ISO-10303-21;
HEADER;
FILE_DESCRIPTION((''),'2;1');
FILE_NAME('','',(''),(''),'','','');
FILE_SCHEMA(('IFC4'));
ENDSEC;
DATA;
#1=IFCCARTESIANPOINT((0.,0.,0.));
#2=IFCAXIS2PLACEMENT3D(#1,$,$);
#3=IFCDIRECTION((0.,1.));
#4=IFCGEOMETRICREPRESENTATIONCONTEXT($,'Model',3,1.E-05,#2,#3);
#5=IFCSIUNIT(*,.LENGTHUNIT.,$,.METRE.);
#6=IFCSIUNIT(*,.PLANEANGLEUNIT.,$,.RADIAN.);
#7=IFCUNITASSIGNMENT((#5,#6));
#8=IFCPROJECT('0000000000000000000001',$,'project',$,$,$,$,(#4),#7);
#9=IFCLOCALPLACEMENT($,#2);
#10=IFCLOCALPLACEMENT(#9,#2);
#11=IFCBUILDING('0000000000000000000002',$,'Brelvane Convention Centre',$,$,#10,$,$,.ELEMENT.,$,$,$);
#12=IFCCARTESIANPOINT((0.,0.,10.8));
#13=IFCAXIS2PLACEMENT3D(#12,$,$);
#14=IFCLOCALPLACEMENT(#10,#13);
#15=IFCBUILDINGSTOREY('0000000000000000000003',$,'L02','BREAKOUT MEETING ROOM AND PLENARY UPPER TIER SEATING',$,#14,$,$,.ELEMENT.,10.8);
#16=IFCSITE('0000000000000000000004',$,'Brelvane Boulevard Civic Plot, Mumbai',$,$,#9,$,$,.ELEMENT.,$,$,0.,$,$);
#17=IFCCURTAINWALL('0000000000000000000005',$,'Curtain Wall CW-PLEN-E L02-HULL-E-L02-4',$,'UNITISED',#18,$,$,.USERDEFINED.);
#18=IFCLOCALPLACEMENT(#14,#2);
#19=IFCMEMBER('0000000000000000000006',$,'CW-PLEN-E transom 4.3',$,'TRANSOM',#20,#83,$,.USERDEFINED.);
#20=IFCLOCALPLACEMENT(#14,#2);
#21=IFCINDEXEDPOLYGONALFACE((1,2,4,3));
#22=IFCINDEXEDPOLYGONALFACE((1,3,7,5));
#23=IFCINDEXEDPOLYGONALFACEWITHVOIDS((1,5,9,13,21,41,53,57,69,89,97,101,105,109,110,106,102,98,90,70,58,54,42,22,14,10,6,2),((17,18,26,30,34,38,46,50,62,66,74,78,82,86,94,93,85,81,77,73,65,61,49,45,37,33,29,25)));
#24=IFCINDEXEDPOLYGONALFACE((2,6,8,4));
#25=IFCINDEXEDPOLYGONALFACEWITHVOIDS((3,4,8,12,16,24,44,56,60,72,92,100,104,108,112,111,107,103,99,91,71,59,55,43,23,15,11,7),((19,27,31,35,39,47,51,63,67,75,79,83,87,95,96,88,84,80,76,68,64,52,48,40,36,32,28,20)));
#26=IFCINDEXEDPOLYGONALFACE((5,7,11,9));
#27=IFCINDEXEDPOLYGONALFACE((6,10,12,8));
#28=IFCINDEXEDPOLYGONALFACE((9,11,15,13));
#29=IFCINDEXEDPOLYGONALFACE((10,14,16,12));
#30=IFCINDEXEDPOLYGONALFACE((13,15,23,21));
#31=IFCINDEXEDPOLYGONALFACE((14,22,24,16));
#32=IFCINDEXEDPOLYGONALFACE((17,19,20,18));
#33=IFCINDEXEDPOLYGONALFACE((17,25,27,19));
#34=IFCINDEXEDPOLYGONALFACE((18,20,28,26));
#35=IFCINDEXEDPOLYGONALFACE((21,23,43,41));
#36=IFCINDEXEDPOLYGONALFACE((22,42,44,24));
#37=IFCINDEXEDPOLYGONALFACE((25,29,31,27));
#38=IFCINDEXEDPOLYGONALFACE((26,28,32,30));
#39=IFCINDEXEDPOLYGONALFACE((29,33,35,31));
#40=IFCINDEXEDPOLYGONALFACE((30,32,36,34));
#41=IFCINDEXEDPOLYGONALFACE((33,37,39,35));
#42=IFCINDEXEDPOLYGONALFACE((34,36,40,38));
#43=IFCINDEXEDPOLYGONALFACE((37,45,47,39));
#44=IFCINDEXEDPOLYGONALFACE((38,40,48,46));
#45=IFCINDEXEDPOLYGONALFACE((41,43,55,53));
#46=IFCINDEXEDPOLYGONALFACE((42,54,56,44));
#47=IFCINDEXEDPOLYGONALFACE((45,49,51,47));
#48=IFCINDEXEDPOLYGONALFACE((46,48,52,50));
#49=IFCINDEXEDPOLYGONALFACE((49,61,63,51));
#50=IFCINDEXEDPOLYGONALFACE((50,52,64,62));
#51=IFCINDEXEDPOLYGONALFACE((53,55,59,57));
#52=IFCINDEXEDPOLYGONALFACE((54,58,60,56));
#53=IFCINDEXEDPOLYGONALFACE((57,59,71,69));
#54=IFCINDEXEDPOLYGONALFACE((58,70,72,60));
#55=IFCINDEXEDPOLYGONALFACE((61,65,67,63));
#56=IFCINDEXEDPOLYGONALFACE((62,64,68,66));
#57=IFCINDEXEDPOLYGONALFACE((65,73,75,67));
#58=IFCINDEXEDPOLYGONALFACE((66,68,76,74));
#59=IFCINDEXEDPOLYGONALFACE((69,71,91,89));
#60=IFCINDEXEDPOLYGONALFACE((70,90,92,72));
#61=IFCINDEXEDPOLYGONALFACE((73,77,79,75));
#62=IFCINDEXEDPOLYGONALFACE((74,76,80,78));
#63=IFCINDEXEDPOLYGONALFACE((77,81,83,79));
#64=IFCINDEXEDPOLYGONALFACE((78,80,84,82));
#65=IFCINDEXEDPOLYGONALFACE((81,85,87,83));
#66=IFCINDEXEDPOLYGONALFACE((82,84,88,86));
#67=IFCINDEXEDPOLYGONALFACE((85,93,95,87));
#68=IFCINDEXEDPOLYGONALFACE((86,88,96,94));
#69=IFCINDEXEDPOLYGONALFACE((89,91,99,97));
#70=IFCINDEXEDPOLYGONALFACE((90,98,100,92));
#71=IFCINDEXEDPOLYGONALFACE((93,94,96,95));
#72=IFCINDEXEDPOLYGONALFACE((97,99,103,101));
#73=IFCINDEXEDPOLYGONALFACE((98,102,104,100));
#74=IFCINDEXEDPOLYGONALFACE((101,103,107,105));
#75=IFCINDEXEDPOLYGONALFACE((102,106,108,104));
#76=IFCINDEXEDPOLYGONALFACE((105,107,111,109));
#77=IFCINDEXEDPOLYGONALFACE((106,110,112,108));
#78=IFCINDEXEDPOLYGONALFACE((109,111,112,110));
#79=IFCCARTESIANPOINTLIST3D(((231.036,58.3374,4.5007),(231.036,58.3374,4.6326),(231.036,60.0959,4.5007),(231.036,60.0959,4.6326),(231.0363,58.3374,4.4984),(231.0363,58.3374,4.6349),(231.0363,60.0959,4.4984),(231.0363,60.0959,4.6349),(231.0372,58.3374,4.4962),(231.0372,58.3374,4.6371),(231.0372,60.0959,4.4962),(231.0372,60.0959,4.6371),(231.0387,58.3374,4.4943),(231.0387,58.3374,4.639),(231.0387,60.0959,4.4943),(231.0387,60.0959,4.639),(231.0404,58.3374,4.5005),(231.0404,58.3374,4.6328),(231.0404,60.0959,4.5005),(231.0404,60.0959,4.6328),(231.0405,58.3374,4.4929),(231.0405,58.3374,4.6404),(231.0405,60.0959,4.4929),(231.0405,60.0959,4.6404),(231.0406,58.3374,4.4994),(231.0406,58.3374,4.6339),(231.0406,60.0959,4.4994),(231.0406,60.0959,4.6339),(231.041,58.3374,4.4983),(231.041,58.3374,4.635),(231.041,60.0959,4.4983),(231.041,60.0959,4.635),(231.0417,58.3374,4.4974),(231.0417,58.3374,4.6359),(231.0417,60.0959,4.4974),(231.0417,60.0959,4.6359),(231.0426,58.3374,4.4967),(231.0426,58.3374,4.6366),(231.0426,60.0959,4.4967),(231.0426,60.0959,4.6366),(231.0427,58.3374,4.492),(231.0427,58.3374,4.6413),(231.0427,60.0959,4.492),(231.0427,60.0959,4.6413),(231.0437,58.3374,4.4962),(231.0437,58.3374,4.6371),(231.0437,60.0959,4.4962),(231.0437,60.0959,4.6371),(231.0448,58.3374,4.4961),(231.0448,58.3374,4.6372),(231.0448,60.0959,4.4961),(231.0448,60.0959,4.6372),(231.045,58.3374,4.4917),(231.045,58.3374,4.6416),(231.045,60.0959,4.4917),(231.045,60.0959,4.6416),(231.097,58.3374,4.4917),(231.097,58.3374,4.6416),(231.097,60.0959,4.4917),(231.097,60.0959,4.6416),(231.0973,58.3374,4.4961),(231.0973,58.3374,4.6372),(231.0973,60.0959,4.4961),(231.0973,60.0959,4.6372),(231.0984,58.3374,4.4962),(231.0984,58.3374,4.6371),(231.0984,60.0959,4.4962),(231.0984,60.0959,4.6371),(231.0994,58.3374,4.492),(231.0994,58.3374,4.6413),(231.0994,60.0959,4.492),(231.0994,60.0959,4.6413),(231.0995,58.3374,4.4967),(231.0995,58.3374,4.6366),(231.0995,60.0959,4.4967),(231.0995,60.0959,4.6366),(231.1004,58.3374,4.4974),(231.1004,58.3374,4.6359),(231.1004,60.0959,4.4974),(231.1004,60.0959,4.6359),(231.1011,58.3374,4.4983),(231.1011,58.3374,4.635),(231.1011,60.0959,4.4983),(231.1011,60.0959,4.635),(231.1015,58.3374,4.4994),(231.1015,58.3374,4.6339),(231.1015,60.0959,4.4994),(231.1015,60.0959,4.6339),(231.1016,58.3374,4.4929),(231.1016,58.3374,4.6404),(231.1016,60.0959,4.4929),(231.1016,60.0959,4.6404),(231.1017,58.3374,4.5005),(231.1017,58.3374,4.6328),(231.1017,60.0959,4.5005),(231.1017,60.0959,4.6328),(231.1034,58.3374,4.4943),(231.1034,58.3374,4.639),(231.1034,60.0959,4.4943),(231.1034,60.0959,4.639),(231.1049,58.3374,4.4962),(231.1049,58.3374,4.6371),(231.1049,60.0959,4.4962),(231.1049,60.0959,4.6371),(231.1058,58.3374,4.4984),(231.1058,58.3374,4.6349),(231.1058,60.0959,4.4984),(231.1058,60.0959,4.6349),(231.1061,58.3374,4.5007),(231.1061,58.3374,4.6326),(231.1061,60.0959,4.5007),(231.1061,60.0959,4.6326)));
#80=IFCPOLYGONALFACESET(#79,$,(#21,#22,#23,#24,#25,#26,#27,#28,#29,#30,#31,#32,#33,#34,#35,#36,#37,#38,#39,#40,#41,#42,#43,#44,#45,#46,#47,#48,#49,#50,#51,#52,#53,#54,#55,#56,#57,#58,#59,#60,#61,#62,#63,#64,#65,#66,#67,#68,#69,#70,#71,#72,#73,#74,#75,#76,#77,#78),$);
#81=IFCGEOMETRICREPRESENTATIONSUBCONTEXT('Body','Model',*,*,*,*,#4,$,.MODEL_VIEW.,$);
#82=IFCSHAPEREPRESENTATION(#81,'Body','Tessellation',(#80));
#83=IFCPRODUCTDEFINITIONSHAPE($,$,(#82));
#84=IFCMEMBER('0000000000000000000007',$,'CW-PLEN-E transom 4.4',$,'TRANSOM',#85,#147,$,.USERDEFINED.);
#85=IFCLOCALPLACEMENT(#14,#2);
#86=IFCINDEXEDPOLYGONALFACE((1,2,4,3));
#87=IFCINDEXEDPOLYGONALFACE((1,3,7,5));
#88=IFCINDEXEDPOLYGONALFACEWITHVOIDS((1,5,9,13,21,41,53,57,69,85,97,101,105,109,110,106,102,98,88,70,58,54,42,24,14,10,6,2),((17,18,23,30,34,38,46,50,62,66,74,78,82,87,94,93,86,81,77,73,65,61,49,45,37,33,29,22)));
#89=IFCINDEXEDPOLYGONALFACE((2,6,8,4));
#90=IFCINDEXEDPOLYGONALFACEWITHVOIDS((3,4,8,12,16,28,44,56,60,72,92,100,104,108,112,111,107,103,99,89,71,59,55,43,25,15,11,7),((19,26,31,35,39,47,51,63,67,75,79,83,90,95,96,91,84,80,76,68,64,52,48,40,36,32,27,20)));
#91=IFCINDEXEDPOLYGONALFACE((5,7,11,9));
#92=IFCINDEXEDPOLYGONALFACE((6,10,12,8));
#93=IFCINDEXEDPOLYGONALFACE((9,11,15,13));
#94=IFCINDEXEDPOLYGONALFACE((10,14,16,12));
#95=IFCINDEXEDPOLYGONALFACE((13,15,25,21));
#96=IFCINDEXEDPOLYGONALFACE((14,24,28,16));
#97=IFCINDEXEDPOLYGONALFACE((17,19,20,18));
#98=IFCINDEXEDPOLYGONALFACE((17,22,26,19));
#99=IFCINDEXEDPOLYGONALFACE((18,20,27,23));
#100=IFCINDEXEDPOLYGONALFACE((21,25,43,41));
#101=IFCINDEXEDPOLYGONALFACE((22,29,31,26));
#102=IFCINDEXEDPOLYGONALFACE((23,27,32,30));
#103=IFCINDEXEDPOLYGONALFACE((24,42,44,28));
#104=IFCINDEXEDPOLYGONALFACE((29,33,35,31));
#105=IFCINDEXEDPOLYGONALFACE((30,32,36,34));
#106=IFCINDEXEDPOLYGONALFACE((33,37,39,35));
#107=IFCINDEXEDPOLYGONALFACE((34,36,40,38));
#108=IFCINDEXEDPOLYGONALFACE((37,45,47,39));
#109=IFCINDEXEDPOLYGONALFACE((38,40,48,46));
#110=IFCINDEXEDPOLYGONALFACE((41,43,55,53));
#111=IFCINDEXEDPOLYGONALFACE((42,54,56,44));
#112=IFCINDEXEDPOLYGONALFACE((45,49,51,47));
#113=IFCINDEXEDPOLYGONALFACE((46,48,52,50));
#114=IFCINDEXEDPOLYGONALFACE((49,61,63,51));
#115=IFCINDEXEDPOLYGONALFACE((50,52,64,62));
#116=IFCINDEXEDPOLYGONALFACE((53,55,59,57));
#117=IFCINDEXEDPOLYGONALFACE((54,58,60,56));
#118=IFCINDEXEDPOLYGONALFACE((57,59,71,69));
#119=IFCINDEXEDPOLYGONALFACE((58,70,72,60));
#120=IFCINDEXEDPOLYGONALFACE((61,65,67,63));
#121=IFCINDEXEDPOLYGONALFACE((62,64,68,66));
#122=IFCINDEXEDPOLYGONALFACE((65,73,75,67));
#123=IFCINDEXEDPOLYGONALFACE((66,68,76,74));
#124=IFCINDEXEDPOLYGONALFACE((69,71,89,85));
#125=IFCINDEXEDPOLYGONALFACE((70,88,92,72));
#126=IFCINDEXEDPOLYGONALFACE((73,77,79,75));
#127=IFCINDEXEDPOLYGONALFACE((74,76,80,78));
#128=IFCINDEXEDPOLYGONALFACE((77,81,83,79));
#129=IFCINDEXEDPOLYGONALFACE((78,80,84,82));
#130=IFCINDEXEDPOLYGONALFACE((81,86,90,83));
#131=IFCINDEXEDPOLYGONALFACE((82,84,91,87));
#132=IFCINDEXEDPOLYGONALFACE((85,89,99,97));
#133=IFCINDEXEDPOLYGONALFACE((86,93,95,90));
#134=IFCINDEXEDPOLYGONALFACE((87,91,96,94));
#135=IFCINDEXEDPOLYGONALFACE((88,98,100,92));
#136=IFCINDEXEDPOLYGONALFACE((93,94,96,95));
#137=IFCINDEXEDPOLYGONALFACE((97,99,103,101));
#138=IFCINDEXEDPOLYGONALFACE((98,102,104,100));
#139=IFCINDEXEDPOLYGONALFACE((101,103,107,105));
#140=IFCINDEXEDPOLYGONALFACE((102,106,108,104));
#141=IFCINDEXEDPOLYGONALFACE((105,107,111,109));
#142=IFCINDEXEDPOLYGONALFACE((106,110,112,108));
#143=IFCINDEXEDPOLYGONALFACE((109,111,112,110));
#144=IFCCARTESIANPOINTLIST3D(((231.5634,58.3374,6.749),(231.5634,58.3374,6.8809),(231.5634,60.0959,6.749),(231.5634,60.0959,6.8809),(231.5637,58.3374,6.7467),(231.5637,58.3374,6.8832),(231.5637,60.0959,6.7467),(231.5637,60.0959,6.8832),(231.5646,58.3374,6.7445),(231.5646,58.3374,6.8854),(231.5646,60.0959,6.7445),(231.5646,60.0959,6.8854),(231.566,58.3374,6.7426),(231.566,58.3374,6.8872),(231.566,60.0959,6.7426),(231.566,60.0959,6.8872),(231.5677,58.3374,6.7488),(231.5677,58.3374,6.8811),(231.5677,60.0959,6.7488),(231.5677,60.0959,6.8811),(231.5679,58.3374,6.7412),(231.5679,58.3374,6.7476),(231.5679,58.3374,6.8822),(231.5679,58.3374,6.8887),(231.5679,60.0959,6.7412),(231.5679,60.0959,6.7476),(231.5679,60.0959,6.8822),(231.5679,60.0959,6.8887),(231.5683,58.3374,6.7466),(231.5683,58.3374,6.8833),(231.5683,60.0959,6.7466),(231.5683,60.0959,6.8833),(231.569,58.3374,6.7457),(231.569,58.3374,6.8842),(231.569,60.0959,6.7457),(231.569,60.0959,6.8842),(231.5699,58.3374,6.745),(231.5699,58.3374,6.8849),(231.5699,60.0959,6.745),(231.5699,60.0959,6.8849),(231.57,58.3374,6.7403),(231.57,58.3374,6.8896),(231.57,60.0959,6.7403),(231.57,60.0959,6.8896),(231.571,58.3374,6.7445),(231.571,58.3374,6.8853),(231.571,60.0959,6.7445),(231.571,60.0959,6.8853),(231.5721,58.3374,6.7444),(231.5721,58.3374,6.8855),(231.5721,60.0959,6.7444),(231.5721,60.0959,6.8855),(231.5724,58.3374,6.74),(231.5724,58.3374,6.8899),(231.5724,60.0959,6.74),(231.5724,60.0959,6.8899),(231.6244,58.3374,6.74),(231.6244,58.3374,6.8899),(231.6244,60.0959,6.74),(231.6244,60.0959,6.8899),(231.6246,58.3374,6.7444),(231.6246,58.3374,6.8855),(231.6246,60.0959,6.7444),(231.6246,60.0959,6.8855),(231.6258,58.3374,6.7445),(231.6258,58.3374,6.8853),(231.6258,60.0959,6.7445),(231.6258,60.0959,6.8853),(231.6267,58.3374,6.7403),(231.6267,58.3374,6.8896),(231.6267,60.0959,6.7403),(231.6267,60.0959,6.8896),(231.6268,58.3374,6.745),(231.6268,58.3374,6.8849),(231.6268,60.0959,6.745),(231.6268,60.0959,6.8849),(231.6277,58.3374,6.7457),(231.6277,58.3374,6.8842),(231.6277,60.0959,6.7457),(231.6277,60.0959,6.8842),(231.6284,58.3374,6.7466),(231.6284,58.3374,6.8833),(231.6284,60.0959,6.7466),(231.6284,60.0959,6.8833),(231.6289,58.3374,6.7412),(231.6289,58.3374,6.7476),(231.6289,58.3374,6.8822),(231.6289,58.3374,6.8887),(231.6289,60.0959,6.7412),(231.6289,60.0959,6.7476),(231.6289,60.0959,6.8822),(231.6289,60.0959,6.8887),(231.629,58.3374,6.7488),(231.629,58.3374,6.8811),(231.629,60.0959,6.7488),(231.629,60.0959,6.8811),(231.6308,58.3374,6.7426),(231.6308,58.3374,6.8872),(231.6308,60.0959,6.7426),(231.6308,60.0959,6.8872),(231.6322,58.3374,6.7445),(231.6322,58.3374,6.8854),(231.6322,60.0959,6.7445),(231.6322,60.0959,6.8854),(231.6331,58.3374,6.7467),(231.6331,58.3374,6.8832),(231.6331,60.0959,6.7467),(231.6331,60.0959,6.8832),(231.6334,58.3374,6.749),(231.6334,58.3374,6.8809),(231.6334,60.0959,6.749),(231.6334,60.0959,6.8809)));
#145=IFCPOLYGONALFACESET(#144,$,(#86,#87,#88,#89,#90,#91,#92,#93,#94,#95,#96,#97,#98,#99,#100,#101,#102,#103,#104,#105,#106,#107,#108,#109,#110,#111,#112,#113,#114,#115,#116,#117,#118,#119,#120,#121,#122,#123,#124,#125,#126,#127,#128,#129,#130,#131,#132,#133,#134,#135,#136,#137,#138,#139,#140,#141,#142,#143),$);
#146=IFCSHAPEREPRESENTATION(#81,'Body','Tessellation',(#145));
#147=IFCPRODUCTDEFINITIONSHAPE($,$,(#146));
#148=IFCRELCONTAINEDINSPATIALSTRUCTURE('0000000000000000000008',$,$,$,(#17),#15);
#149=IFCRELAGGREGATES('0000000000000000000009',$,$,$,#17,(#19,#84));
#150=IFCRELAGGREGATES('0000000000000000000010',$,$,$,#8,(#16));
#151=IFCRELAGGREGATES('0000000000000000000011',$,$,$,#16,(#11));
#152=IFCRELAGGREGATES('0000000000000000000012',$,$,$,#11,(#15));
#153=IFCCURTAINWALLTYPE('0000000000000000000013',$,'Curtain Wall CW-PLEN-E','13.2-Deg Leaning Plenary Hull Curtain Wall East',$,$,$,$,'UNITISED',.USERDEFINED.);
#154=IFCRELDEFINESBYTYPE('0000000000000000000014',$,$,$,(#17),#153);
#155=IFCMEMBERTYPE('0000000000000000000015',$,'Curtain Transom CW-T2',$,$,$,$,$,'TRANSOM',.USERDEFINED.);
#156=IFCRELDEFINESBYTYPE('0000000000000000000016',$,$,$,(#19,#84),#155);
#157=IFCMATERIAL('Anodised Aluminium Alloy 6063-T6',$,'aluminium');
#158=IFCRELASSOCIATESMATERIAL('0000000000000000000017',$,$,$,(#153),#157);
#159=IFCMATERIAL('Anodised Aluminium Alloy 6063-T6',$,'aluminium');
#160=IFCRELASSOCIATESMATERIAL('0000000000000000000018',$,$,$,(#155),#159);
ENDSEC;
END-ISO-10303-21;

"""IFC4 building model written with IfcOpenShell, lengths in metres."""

from ifc_helpers import new_model, si_unit, direction, frame, origin, origin_2d, place, context, subcontext, project, spatial, hollow_rectangle, extrude, material, material_profile, profile_set, type_object, element, aggregate, save


model = new_model("IFC4")

# Units and contexts
model_context = context("Model", 3, precision=1e-05, world=origin(), true_north=direction((0.0, 1.0)))
body_context = subcontext(model_context, "Body", "Model", "MODEL_VIEW")
ifc_project = project(units=[si_unit("LENGTHUNIT", "METRE"), si_unit("PLANEANGLEUNIT", "RADIAN")], contexts=[model_context])

# Site, building, storey
site_placement = place(None, origin())
site = spatial("IfcSite", under=ifc_project, at=site_placement, Name="Brelvane Boulevard Civic Plot, Mumbai", CompositionType="ELEMENT", RefElevation=0.0)
building_placement = place(site_placement, origin())
building = spatial("IfcBuilding", under=site, at=building_placement, Name="Brelvane Convention Centre", CompositionType="ELEMENT")
storey_placement = place(building_placement, frame((0.0, 0.0, 10.8)))
storey = spatial("IfcBuildingStorey", under=building, at=storey_placement, Name="L02", Description="BREAKOUT MEETING ROOM AND PLENARY UPPER TIER SEATING", CompositionType="ELEMENT", Elevation=10.8)

# Curtain wall, members
ifc_material_1 = material(Name="Anodised Aluminium Alloy 6063-T6", Category="aluminium")
curtain_wall_type = type_object("IfcCurtainWallType", Name="Curtain Wall CW-PLEN-E", Description="13.2-Deg Leaning Plenary Hull Curtain Wall East", ElementType="UNITISED", PredefinedType="USERDEFINED", material=ifc_material_1)
curtain_wall_1_placement = place(storey_placement, origin())
curtain_wall_1 = element("IfcCurtainWall", 1, at=curtain_wall_1_placement, inside=storey, type_object=curtain_wall_type, Name="Curtain Wall CW-PLEN-E L02-HULL-E-L02-4", ObjectType="UNITISED", PredefinedType="USERDEFINED")
ifc_material_2 = material(Name="Anodised Aluminium Alloy 6063-T6", Category="aluminium")
ifc_material_profile = material_profile(ifc_material_2, hollow_rectangle(XDim=0.0701, YDim=0.1499, WallThickness=0.0044, InnerFilletRadius=0.0044, OuterFilletRadius=0.009, at=origin_2d()), Name="ALU-T 150x70x4.5")
ifc_profile_set = profile_set([ifc_material_profile], Name="Anodised Aluminium Alloy 6063-T6")
member_type = type_object("IfcMemberType", Name="Curtain Transom CW-T2", ElementType="TRANSOM", PredefinedType="USERDEFINED", material=ifc_profile_set)
member_1_placement = place(storey_placement, frame((231.071, 58.3374, 4.5667), z_axis=(0.0, 1.0, 0.0), x_axis=(-1.0, 0.0, 0.0)))
member_1 = element("IfcMember", 2, at=member_1_placement, type_object=member_type, Name="CW-PLEN-E transom 4.3", ObjectType="TRANSOM", PredefinedType="USERDEFINED", context=body_context, shape_type="SweptSolid", body=[
    extrude(hollow_rectangle(XDim=0.0701, YDim=0.1499, WallThickness=0.0044, InnerFilletRadius=0.0044, OuterFilletRadius=0.009, at=origin_2d()), origin(), (0.0, 0.0, 1.0), 1.7585),
])
member_2_placement = place(storey_placement, frame((231.5984, 58.3374, 6.8149), z_axis=(0.0, 1.0, 0.0), x_axis=(-1.0, 0.0, 0.0)))
member_2 = element("IfcMember", 3, at=member_2_placement, type_object=member_type, Name="CW-PLEN-E transom 4.4", ObjectType="TRANSOM", PredefinedType="USERDEFINED", context=body_context, shape_type="SweptSolid", body=[
    extrude(hollow_rectangle(XDim=0.0701, YDim=0.1499, WallThickness=0.0044, InnerFilletRadius=0.0044, OuterFilletRadius=0.009, at=origin_2d()), origin(), (0.0, 0.0, 1.0), 1.7585),
])

aggregate(curtain_wall_1, [member_1, member_2])

save(model, "model.ifc")
